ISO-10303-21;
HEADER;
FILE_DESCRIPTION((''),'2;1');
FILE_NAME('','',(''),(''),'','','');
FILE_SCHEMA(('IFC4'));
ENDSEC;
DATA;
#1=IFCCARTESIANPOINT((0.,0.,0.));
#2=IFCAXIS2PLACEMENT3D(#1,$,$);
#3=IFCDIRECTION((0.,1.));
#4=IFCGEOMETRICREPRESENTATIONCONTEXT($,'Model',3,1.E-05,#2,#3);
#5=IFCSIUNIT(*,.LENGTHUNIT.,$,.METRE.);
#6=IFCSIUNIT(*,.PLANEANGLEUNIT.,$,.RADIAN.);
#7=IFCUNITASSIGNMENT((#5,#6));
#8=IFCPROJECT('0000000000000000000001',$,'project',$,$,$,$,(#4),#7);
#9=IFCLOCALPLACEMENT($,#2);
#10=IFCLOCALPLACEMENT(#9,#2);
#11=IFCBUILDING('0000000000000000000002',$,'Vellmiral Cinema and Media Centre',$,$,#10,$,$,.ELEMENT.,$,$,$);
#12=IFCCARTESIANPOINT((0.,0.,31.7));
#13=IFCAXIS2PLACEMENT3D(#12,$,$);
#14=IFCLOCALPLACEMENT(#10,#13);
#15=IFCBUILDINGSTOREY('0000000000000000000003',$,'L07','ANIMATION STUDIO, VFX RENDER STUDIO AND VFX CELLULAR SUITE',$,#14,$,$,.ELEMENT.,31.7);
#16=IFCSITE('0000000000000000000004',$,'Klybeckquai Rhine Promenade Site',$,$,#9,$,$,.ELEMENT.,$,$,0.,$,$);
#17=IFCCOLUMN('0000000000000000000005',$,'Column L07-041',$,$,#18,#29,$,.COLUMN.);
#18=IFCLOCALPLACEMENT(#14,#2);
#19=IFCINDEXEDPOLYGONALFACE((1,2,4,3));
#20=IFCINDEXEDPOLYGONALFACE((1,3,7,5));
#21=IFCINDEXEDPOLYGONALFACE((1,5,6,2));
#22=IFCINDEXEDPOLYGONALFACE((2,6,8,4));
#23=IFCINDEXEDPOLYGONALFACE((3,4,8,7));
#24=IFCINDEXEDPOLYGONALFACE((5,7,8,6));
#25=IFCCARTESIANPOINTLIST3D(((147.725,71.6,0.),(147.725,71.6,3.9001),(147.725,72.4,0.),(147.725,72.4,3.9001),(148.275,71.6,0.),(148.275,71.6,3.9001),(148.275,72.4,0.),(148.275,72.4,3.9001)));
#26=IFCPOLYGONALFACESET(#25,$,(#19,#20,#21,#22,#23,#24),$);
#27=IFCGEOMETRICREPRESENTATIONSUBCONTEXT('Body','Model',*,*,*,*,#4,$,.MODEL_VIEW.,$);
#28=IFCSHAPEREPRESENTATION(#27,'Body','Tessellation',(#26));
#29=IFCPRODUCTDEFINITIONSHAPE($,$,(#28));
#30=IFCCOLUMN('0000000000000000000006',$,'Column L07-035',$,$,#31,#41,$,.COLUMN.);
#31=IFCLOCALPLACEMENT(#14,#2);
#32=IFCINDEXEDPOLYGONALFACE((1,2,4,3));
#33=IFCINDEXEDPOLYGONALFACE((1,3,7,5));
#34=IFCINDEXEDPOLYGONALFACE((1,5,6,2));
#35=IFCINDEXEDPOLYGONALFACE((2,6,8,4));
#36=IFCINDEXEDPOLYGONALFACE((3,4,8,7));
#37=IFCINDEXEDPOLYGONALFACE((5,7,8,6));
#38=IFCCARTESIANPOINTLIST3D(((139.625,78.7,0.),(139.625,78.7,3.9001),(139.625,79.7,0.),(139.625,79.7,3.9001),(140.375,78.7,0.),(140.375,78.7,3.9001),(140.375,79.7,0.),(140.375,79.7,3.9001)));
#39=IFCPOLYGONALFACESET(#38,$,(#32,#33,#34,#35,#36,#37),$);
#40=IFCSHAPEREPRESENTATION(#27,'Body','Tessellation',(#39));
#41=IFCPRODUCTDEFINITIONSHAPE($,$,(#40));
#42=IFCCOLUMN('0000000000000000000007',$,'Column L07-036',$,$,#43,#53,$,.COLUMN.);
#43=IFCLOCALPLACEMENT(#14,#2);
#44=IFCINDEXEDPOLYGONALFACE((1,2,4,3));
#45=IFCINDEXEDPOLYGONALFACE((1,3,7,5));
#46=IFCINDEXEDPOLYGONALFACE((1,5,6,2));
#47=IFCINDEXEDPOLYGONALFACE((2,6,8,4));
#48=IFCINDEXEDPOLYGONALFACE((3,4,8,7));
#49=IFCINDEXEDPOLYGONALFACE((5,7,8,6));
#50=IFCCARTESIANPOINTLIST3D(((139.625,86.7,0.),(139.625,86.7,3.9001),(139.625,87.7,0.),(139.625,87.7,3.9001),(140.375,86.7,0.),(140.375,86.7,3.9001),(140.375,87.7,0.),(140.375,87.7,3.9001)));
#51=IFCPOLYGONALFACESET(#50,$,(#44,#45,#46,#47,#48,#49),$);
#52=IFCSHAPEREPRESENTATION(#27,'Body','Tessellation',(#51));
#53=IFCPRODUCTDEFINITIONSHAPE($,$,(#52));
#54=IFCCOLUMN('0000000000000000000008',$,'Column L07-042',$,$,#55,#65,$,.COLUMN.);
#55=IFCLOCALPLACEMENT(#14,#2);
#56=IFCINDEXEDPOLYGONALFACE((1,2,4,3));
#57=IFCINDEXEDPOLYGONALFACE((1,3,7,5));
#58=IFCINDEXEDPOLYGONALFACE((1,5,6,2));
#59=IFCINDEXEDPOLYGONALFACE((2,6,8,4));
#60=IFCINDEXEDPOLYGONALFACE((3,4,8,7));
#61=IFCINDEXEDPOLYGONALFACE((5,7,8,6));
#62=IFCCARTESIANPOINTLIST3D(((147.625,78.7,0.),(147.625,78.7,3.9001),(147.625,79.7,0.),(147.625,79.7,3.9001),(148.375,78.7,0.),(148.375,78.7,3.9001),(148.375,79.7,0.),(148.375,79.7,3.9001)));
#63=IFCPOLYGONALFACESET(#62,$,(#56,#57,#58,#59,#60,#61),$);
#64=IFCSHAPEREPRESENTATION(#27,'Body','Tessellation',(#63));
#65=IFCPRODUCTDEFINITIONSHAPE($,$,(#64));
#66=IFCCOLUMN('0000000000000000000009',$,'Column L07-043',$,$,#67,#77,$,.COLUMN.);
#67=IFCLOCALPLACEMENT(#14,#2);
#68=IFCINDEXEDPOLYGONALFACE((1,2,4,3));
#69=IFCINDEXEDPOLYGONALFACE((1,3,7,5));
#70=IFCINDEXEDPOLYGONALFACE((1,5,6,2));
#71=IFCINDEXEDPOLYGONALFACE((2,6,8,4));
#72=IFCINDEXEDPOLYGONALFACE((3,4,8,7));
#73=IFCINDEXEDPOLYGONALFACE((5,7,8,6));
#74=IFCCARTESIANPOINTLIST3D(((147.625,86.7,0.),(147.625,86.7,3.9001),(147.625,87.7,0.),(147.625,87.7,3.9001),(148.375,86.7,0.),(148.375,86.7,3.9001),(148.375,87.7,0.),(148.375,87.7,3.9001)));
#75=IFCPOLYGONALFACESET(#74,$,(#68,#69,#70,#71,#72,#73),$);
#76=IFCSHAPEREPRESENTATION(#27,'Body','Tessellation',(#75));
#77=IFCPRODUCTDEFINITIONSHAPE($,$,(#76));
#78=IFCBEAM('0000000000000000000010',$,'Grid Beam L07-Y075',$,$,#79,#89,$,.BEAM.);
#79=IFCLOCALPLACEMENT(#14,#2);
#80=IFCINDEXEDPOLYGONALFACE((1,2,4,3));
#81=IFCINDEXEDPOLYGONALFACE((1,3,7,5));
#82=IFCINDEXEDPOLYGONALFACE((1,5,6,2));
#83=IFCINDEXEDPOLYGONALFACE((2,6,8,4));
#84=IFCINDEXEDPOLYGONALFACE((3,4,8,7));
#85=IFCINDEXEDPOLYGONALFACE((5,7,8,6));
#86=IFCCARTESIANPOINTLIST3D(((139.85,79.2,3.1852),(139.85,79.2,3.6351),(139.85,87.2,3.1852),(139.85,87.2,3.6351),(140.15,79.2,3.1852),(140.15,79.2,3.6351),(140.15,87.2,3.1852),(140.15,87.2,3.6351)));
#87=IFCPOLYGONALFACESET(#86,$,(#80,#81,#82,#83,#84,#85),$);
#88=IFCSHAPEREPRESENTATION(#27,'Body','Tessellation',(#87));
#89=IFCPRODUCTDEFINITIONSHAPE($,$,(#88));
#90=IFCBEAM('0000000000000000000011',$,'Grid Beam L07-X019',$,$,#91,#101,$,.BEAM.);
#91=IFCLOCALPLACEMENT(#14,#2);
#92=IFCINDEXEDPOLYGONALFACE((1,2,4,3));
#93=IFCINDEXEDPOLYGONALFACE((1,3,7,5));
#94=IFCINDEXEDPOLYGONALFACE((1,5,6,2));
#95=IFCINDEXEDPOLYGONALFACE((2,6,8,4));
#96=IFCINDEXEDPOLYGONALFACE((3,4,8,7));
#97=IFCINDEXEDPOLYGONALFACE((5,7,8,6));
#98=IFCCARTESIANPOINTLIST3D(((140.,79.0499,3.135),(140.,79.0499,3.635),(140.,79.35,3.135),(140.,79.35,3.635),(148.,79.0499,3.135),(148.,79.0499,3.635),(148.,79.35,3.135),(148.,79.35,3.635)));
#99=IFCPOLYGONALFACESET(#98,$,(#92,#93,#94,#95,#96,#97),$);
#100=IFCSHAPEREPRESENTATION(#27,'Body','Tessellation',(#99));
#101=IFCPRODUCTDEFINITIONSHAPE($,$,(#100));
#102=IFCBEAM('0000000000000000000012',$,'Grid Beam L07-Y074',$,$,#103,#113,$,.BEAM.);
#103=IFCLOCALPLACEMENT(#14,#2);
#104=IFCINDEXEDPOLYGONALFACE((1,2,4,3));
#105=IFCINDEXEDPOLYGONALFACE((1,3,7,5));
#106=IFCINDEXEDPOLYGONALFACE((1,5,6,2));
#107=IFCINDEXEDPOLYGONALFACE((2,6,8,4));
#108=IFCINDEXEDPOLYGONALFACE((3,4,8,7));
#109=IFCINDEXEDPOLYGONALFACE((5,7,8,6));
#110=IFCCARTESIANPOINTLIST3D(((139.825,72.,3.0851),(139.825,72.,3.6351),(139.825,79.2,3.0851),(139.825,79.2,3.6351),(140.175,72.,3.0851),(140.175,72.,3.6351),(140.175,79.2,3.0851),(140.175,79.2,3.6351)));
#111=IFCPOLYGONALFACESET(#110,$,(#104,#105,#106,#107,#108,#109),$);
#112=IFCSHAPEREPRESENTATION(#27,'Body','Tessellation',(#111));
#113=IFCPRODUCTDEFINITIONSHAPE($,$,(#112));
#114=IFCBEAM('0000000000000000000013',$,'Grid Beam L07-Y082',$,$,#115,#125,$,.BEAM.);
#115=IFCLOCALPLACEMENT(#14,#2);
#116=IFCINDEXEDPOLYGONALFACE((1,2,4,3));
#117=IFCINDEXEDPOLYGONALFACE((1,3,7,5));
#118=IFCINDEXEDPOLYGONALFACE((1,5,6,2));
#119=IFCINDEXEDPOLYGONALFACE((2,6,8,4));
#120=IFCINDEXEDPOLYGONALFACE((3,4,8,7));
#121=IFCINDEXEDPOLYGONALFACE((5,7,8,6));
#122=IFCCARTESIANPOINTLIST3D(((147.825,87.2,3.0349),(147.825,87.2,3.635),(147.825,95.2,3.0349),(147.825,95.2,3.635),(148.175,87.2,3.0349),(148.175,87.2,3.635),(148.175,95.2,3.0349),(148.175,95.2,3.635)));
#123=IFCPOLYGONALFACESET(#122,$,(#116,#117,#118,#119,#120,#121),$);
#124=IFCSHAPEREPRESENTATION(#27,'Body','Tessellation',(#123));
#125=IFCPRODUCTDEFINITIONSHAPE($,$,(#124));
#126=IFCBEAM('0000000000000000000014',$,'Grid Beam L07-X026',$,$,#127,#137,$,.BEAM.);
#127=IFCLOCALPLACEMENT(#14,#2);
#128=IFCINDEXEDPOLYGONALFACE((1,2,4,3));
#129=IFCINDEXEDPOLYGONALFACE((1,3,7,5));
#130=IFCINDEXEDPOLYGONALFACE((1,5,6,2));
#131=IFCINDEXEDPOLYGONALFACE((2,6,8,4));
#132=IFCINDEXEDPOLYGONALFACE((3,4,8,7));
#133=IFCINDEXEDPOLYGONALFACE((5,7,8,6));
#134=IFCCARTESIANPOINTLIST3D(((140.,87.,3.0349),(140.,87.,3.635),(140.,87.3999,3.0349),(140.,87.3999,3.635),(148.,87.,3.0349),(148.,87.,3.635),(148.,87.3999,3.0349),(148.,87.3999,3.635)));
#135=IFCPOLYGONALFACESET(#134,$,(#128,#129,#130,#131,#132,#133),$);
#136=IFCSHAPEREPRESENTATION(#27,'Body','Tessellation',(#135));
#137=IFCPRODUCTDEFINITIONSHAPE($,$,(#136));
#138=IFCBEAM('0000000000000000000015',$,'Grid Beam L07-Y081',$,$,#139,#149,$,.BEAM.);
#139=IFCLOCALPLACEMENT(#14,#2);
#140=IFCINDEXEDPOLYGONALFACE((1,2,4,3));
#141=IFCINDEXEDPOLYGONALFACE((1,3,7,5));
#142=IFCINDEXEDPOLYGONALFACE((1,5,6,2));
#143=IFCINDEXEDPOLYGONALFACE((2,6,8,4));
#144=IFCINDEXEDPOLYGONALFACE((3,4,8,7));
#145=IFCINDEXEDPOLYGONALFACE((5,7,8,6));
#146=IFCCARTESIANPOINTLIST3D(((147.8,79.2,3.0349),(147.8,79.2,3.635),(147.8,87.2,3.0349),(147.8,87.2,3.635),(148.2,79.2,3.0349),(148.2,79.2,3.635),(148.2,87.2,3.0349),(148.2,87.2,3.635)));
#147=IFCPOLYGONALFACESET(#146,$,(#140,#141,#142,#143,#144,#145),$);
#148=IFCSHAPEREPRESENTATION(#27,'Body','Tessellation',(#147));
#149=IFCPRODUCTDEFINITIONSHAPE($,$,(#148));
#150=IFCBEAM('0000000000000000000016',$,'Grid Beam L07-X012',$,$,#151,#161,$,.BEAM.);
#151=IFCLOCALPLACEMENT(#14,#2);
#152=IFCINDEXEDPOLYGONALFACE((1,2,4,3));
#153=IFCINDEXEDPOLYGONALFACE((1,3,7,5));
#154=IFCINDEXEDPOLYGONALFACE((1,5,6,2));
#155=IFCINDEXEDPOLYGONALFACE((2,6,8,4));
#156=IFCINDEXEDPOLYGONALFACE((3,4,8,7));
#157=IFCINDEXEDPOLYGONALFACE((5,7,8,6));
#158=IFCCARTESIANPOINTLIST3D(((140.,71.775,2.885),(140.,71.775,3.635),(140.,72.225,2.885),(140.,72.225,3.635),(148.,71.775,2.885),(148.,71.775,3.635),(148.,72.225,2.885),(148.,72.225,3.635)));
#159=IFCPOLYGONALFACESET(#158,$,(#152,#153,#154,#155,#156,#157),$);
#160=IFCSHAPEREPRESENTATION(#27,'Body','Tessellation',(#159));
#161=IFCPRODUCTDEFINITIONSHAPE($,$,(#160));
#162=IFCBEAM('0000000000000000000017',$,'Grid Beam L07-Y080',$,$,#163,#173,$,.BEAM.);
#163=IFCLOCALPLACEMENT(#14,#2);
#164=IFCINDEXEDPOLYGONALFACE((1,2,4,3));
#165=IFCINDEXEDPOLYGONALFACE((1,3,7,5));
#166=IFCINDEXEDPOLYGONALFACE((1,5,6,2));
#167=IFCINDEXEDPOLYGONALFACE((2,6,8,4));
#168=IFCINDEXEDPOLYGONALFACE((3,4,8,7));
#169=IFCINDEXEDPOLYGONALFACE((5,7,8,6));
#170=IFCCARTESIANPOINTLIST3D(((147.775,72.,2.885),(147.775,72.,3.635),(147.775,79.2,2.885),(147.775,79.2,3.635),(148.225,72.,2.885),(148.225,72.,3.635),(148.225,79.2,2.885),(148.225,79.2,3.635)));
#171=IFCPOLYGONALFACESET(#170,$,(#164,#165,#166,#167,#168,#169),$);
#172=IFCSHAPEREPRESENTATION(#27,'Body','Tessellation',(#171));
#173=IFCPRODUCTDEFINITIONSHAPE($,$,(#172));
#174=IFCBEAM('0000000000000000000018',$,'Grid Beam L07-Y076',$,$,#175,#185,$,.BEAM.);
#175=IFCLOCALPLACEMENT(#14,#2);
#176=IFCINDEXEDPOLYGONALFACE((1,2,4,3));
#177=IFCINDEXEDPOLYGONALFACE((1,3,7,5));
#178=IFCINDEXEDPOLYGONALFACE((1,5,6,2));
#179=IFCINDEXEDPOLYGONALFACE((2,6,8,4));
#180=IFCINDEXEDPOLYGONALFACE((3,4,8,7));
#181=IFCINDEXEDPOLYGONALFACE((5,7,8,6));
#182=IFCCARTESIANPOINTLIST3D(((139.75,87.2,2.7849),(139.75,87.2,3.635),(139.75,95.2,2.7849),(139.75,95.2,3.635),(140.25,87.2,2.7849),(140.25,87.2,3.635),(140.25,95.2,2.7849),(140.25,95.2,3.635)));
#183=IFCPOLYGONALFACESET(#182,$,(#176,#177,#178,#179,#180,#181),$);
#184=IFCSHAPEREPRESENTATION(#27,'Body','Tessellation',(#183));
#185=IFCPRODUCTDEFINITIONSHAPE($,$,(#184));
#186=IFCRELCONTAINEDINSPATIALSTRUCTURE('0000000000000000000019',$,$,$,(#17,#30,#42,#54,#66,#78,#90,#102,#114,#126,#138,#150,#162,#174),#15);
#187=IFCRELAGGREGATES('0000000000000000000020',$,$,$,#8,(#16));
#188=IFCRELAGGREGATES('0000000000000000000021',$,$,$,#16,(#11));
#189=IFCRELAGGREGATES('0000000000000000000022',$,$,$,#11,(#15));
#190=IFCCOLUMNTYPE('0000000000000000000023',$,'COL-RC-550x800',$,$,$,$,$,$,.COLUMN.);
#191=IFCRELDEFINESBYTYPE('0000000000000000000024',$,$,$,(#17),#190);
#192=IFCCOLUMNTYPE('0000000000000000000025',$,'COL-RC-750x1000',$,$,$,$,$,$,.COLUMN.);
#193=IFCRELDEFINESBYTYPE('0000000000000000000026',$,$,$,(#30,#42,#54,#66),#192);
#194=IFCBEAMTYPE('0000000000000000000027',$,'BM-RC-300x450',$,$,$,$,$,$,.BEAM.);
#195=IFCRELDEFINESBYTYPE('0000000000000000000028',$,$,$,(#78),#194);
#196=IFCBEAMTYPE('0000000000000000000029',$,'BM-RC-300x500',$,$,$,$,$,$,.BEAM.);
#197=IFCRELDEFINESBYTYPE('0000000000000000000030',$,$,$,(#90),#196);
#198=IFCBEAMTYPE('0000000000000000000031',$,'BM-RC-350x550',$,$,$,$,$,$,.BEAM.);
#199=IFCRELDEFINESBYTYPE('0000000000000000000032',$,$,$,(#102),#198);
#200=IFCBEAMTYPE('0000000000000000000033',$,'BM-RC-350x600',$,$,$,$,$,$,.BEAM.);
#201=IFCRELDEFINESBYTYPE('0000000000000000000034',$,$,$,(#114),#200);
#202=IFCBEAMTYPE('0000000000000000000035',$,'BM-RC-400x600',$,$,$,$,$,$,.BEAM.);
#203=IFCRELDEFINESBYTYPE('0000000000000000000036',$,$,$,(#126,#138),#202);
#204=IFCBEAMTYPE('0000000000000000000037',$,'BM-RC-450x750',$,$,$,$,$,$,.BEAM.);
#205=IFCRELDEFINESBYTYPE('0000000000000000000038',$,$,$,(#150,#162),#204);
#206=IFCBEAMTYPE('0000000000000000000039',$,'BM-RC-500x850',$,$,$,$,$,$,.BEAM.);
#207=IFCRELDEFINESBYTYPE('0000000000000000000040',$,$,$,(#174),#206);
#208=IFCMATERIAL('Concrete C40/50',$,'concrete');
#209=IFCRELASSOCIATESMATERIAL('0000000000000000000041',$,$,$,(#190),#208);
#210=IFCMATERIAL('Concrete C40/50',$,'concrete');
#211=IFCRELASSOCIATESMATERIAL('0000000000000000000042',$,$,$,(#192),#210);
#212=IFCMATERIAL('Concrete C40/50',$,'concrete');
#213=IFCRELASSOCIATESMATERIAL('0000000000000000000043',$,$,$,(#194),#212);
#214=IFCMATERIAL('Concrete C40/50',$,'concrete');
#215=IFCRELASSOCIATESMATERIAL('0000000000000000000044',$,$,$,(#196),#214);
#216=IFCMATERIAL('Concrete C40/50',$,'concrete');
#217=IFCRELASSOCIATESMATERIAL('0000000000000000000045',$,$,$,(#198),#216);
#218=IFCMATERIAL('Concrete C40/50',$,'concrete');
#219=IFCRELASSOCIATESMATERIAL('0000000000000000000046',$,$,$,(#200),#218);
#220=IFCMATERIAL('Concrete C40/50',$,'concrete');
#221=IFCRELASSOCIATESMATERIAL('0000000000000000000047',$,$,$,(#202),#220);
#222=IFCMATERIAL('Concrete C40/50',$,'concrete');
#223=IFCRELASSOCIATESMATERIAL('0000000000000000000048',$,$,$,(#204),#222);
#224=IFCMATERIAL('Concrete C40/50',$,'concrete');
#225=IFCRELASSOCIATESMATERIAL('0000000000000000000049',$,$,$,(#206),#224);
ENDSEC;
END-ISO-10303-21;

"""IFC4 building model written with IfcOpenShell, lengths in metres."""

from ifc_helpers import new_model, si_unit, direction, frame, origin, origin_2d, place, context, subcontext, project, spatial, rectangle, extrude, material, material_profile, profile_set, type_object, element, save


model = new_model("IFC4")

# Units and contexts
model_context = context("Model", 3, precision=1e-05, world=origin(), true_north=direction((0.0, 1.0)))
body_context = subcontext(model_context, "Body", "Model", "MODEL_VIEW")
ifc_project = project(units=[si_unit("LENGTHUNIT", "METRE"), si_unit("PLANEANGLEUNIT", "RADIAN")], contexts=[model_context])

# Site, building, storey
site_placement = place(None, origin())
site = spatial("IfcSite", under=ifc_project, at=site_placement, Name="Klybeckquai Rhine Promenade Site", CompositionType="ELEMENT", RefElevation=0.0)
building_placement = place(site_placement, origin())
building = spatial("IfcBuilding", under=site, at=building_placement, Name="Vellmiral Cinema and Media Centre", CompositionType="ELEMENT")
storey_placement = place(building_placement, frame((0.0, 0.0, 31.7)))
storey = spatial("IfcBuildingStorey", under=building, at=storey_placement, Name="L07", Description="ANIMATION STUDIO, VFX RENDER STUDIO AND VFX CELLULAR SUITE", CompositionType="ELEMENT", Elevation=31.7)

# Columns
ifc_material_1 = material(Name="Concrete C40/50", Category="concrete")
ifc_material_profile_1 = material_profile(ifc_material_1, rectangle(XDim=0.55, YDim=0.8, at=origin_2d()), Name="RC 550x800")
ifc_profile_set_1 = profile_set([ifc_material_profile_1], Name="Concrete C40/50")
column_type_1 = type_object("IfcColumnType", Name="COL-RC-550x800", PredefinedType="COLUMN", material=ifc_profile_set_1)
column_placement = place(storey_placement, frame((148.0, 72.0, 0.0), z_axis=(0.0, 0.0, 1.0), x_axis=(1.0, 0.0, 0.0)))
element("IfcColumn", 1, at=column_placement, inside=storey, type_object=column_type_1, Name="Column L07-041", PredefinedType="COLUMN", context=body_context, shape_type="SweptSolid", body=[
    extrude(rectangle(XDim=0.55, YDim=0.8, at=origin_2d()), origin(), (0.0, 0.0, 1.0), 3.9001),
])
ifc_material_2 = material(Name="Concrete C40/50", Category="concrete")
ifc_material_profile_2 = material_profile(ifc_material_2, rectangle(XDim=0.75, YDim=1.0, at=origin_2d()), Name="RC 750x1000")
ifc_profile_set_2 = profile_set([ifc_material_profile_2], Name="Concrete C40/50")
column_type_2 = type_object("IfcColumnType", Name="COL-RC-750x1000", PredefinedType="COLUMN", material=ifc_profile_set_2)
for number, where, z_axis, x_axis, name in (
    (2, (140.0, 79.2, 0.0), (0.0, 0.0, 1.0), (1.0, 0.0, 0.0), "Column L07-035"),
    (3, (140.0, 87.2, 0.0), (0.0, 0.0, 1.0), (1.0, 0.0, 0.0), "Column L07-036"),
    (4, (148.0, 79.2, 0.0), (0.0, 0.0, 1.0), (1.0, 0.0, 0.0), "Column L07-042"),
    (5, (148.0, 87.2, 0.0), (0.0, 0.0, 1.0), (1.0, 0.0, 0.0), "Column L07-043"),
):
    element("IfcColumn", number, at=place(storey_placement, frame(where, z_axis=z_axis, x_axis=x_axis)), inside=storey, type_object=column_type_2, Name=name, PredefinedType="COLUMN", context=body_context, shape_type="SweptSolid", body=[
        extrude(rectangle(XDim=0.75, YDim=1.0, at=origin_2d()), origin(), (0.0, 0.0, 1.0), 3.9001),
    ])

# Beams
ifc_material_3 = material(Name="Concrete C40/50", Category="concrete")
ifc_material_profile_3 = material_profile(ifc_material_3, rectangle(XDim=0.3, YDim=0.45, at=origin_2d()), Name="RC 300x450")
ifc_profile_set_3 = profile_set([ifc_material_profile_3], Name="Concrete C40/50")
beam_type_1 = type_object("IfcBeamType", Name="BM-RC-300x450", PredefinedType="BEAM", material=ifc_profile_set_3)
beam_1_placement = place(storey_placement, frame((140.0, 79.2, 3.4102), z_axis=(0.0, 1.0, 0.0), x_axis=(-1.0, 0.0, 0.0)))
element("IfcBeam", 6, at=beam_1_placement, inside=storey, type_object=beam_type_1, Name="Grid Beam L07-Y075", PredefinedType="BEAM", context=body_context, shape_type="SweptSolid", body=[
    extrude(rectangle(XDim=0.3, YDim=0.45, at=origin_2d()), origin(), (0.0, 0.0, 1.0), 8.0),
])
ifc_material_4 = material(Name="Concrete C40/50", Category="concrete")
ifc_material_profile_4 = material_profile(ifc_material_4, rectangle(XDim=0.3, YDim=0.5, at=origin_2d()), Name="RC 300x500")
ifc_profile_set_4 = profile_set([ifc_material_profile_4], Name="Concrete C40/50")
beam_type_2 = type_object("IfcBeamType", Name="BM-RC-300x500", PredefinedType="BEAM", material=ifc_profile_set_4)
beam_2_placement = place(storey_placement, frame((140.0, 79.2, 3.385), z_axis=(1.0, 0.0, 0.0), x_axis=(0.0, 1.0, 0.0)))
element("IfcBeam", 7, at=beam_2_placement, inside=storey, type_object=beam_type_2, Name="Grid Beam L07-X019", PredefinedType="BEAM", context=body_context, shape_type="SweptSolid", body=[
    extrude(rectangle(XDim=0.3, YDim=0.5, at=origin_2d()), origin(), (0.0, 0.0, 1.0), 8.0),
])
ifc_material_5 = material(Name="Concrete C40/50", Category="concrete")
ifc_material_profile_5 = material_profile(ifc_material_5, rectangle(XDim=0.3501, YDim=0.55, at=origin_2d()), Name="RC 350x550")
ifc_profile_set_5 = profile_set([ifc_material_profile_5], Name="Concrete C40/50")
beam_type_3 = type_object("IfcBeamType", Name="BM-RC-350x550", PredefinedType="BEAM", material=ifc_profile_set_5)
beam_3_placement = place(storey_placement, frame((140.0, 72.0, 3.3601), z_axis=(0.0, 1.0, 0.0), x_axis=(-1.0, 0.0, 0.0)))
element("IfcBeam", 8, at=beam_3_placement, inside=storey, type_object=beam_type_3, Name="Grid Beam L07-Y074", PredefinedType="BEAM", context=body_context, shape_type="SweptSolid", body=[
    extrude(rectangle(XDim=0.3501, YDim=0.55, at=origin_2d()), origin(), (0.0, 0.0, 1.0), 7.2),
])
ifc_material_6 = material(Name="Concrete C40/50", Category="concrete")
ifc_material_profile_6 = material_profile(ifc_material_6, rectangle(XDim=0.3501, YDim=0.6001, at=origin_2d()), Name="RC 350x600")
ifc_profile_set_6 = profile_set([ifc_material_profile_6], Name="Concrete C40/50")
beam_type_4 = type_object("IfcBeamType", Name="BM-RC-350x600", PredefinedType="BEAM", material=ifc_profile_set_6)
beam_4_placement = place(storey_placement, frame((148.0, 87.2, 3.335), z_axis=(0.0, 1.0, 0.0), x_axis=(-1.0, 0.0, 0.0)))
element("IfcBeam", 9, at=beam_4_placement, inside=storey, type_object=beam_type_4, Name="Grid Beam L07-Y082", PredefinedType="BEAM", context=body_context, shape_type="SweptSolid", body=[
    extrude(rectangle(XDim=0.3501, YDim=0.6001, at=origin_2d()), origin(), (0.0, 0.0, 1.0), 8.0),
])
ifc_material_7 = material(Name="Concrete C40/50", Category="concrete")
ifc_material_profile_7 = material_profile(ifc_material_7, rectangle(XDim=0.3999, YDim=0.6001, at=origin_2d()), Name="RC 400x600")
ifc_profile_set_7 = profile_set([ifc_material_profile_7], Name="Concrete C40/50")
beam_type_5 = type_object("IfcBeamType", Name="BM-RC-400x600", PredefinedType="BEAM", material=ifc_profile_set_7)
for number, where, z_axis, x_axis, name in (
    (10, (140.0, 87.2, 3.335), (1.0, 0.0, 0.0), (0.0, 1.0, 0.0), "Grid Beam L07-X026"),
    (11, (148.0, 79.2, 3.335), (0.0, 1.0, 0.0), (-1.0, 0.0, 0.0), "Grid Beam L07-Y081"),
):
    element("IfcBeam", number, at=place(storey_placement, frame(where, z_axis=z_axis, x_axis=x_axis)), inside=storey, type_object=beam_type_5, Name=name, PredefinedType="BEAM", context=body_context, shape_type="SweptSolid", body=[
        extrude(rectangle(XDim=0.3999, YDim=0.6001, at=origin_2d()), origin(), (0.0, 0.0, 1.0), 8.0),
    ])
ifc_material_8 = material(Name="Concrete C40/50", Category="concrete")
ifc_material_profile_8 = material_profile(ifc_material_8, rectangle(XDim=0.45, YDim=0.75, at=origin_2d()), Name="RC 450x750")
ifc_profile_set_8 = profile_set([ifc_material_profile_8], Name="Concrete C40/50")
beam_type_6 = type_object("IfcBeamType", Name="BM-RC-450x750", PredefinedType="BEAM", material=ifc_profile_set_8)
beam_5_placement = place(storey_placement, frame((140.0, 72.0, 3.26), z_axis=(1.0, 0.0, 0.0), x_axis=(0.0, 1.0, 0.0)))
element("IfcBeam", 12, at=beam_5_placement, inside=storey, type_object=beam_type_6, Name="Grid Beam L07-X012", PredefinedType="BEAM", context=body_context, shape_type="SweptSolid", body=[
    extrude(rectangle(XDim=0.45, YDim=0.75, at=origin_2d()), origin(), (0.0, 0.0, 1.0), 8.0),
])
beam_6_placement = place(storey_placement, frame((148.0, 72.0, 3.26), z_axis=(0.0, 1.0, 0.0), x_axis=(-1.0, 0.0, 0.0)))
element("IfcBeam", 13, at=beam_6_placement, inside=storey, type_object=beam_type_6, Name="Grid Beam L07-Y080", PredefinedType="BEAM", context=body_context, shape_type="SweptSolid", body=[
    extrude(rectangle(XDim=0.45, YDim=0.75, at=origin_2d()), origin(), (0.0, 0.0, 1.0), 7.2),
])
ifc_material_9 = material(Name="Concrete C40/50", Category="concrete")
ifc_material_profile_9 = material_profile(ifc_material_9, rectangle(XDim=0.5, YDim=0.8501, at=origin_2d()), Name="RC 500x850")
ifc_profile_set_9 = profile_set([ifc_material_profile_9], Name="Concrete C40/50")
beam_type_7 = type_object("IfcBeamType", Name="BM-RC-500x850", PredefinedType="BEAM", material=ifc_profile_set_9)
beam_7_placement = place(storey_placement, frame((140.0, 87.2, 3.21), z_axis=(0.0, 1.0, 0.0), x_axis=(-1.0, 0.0, 0.0)))
element("IfcBeam", 14, at=beam_7_placement, inside=storey, type_object=beam_type_7, Name="Grid Beam L07-Y076", PredefinedType="BEAM", context=body_context, shape_type="SweptSolid", body=[
    extrude(rectangle(XDim=0.5, YDim=0.8501, at=origin_2d()), origin(), (0.0, 0.0, 1.0), 8.0),
])

save(model, "model.ifc")
